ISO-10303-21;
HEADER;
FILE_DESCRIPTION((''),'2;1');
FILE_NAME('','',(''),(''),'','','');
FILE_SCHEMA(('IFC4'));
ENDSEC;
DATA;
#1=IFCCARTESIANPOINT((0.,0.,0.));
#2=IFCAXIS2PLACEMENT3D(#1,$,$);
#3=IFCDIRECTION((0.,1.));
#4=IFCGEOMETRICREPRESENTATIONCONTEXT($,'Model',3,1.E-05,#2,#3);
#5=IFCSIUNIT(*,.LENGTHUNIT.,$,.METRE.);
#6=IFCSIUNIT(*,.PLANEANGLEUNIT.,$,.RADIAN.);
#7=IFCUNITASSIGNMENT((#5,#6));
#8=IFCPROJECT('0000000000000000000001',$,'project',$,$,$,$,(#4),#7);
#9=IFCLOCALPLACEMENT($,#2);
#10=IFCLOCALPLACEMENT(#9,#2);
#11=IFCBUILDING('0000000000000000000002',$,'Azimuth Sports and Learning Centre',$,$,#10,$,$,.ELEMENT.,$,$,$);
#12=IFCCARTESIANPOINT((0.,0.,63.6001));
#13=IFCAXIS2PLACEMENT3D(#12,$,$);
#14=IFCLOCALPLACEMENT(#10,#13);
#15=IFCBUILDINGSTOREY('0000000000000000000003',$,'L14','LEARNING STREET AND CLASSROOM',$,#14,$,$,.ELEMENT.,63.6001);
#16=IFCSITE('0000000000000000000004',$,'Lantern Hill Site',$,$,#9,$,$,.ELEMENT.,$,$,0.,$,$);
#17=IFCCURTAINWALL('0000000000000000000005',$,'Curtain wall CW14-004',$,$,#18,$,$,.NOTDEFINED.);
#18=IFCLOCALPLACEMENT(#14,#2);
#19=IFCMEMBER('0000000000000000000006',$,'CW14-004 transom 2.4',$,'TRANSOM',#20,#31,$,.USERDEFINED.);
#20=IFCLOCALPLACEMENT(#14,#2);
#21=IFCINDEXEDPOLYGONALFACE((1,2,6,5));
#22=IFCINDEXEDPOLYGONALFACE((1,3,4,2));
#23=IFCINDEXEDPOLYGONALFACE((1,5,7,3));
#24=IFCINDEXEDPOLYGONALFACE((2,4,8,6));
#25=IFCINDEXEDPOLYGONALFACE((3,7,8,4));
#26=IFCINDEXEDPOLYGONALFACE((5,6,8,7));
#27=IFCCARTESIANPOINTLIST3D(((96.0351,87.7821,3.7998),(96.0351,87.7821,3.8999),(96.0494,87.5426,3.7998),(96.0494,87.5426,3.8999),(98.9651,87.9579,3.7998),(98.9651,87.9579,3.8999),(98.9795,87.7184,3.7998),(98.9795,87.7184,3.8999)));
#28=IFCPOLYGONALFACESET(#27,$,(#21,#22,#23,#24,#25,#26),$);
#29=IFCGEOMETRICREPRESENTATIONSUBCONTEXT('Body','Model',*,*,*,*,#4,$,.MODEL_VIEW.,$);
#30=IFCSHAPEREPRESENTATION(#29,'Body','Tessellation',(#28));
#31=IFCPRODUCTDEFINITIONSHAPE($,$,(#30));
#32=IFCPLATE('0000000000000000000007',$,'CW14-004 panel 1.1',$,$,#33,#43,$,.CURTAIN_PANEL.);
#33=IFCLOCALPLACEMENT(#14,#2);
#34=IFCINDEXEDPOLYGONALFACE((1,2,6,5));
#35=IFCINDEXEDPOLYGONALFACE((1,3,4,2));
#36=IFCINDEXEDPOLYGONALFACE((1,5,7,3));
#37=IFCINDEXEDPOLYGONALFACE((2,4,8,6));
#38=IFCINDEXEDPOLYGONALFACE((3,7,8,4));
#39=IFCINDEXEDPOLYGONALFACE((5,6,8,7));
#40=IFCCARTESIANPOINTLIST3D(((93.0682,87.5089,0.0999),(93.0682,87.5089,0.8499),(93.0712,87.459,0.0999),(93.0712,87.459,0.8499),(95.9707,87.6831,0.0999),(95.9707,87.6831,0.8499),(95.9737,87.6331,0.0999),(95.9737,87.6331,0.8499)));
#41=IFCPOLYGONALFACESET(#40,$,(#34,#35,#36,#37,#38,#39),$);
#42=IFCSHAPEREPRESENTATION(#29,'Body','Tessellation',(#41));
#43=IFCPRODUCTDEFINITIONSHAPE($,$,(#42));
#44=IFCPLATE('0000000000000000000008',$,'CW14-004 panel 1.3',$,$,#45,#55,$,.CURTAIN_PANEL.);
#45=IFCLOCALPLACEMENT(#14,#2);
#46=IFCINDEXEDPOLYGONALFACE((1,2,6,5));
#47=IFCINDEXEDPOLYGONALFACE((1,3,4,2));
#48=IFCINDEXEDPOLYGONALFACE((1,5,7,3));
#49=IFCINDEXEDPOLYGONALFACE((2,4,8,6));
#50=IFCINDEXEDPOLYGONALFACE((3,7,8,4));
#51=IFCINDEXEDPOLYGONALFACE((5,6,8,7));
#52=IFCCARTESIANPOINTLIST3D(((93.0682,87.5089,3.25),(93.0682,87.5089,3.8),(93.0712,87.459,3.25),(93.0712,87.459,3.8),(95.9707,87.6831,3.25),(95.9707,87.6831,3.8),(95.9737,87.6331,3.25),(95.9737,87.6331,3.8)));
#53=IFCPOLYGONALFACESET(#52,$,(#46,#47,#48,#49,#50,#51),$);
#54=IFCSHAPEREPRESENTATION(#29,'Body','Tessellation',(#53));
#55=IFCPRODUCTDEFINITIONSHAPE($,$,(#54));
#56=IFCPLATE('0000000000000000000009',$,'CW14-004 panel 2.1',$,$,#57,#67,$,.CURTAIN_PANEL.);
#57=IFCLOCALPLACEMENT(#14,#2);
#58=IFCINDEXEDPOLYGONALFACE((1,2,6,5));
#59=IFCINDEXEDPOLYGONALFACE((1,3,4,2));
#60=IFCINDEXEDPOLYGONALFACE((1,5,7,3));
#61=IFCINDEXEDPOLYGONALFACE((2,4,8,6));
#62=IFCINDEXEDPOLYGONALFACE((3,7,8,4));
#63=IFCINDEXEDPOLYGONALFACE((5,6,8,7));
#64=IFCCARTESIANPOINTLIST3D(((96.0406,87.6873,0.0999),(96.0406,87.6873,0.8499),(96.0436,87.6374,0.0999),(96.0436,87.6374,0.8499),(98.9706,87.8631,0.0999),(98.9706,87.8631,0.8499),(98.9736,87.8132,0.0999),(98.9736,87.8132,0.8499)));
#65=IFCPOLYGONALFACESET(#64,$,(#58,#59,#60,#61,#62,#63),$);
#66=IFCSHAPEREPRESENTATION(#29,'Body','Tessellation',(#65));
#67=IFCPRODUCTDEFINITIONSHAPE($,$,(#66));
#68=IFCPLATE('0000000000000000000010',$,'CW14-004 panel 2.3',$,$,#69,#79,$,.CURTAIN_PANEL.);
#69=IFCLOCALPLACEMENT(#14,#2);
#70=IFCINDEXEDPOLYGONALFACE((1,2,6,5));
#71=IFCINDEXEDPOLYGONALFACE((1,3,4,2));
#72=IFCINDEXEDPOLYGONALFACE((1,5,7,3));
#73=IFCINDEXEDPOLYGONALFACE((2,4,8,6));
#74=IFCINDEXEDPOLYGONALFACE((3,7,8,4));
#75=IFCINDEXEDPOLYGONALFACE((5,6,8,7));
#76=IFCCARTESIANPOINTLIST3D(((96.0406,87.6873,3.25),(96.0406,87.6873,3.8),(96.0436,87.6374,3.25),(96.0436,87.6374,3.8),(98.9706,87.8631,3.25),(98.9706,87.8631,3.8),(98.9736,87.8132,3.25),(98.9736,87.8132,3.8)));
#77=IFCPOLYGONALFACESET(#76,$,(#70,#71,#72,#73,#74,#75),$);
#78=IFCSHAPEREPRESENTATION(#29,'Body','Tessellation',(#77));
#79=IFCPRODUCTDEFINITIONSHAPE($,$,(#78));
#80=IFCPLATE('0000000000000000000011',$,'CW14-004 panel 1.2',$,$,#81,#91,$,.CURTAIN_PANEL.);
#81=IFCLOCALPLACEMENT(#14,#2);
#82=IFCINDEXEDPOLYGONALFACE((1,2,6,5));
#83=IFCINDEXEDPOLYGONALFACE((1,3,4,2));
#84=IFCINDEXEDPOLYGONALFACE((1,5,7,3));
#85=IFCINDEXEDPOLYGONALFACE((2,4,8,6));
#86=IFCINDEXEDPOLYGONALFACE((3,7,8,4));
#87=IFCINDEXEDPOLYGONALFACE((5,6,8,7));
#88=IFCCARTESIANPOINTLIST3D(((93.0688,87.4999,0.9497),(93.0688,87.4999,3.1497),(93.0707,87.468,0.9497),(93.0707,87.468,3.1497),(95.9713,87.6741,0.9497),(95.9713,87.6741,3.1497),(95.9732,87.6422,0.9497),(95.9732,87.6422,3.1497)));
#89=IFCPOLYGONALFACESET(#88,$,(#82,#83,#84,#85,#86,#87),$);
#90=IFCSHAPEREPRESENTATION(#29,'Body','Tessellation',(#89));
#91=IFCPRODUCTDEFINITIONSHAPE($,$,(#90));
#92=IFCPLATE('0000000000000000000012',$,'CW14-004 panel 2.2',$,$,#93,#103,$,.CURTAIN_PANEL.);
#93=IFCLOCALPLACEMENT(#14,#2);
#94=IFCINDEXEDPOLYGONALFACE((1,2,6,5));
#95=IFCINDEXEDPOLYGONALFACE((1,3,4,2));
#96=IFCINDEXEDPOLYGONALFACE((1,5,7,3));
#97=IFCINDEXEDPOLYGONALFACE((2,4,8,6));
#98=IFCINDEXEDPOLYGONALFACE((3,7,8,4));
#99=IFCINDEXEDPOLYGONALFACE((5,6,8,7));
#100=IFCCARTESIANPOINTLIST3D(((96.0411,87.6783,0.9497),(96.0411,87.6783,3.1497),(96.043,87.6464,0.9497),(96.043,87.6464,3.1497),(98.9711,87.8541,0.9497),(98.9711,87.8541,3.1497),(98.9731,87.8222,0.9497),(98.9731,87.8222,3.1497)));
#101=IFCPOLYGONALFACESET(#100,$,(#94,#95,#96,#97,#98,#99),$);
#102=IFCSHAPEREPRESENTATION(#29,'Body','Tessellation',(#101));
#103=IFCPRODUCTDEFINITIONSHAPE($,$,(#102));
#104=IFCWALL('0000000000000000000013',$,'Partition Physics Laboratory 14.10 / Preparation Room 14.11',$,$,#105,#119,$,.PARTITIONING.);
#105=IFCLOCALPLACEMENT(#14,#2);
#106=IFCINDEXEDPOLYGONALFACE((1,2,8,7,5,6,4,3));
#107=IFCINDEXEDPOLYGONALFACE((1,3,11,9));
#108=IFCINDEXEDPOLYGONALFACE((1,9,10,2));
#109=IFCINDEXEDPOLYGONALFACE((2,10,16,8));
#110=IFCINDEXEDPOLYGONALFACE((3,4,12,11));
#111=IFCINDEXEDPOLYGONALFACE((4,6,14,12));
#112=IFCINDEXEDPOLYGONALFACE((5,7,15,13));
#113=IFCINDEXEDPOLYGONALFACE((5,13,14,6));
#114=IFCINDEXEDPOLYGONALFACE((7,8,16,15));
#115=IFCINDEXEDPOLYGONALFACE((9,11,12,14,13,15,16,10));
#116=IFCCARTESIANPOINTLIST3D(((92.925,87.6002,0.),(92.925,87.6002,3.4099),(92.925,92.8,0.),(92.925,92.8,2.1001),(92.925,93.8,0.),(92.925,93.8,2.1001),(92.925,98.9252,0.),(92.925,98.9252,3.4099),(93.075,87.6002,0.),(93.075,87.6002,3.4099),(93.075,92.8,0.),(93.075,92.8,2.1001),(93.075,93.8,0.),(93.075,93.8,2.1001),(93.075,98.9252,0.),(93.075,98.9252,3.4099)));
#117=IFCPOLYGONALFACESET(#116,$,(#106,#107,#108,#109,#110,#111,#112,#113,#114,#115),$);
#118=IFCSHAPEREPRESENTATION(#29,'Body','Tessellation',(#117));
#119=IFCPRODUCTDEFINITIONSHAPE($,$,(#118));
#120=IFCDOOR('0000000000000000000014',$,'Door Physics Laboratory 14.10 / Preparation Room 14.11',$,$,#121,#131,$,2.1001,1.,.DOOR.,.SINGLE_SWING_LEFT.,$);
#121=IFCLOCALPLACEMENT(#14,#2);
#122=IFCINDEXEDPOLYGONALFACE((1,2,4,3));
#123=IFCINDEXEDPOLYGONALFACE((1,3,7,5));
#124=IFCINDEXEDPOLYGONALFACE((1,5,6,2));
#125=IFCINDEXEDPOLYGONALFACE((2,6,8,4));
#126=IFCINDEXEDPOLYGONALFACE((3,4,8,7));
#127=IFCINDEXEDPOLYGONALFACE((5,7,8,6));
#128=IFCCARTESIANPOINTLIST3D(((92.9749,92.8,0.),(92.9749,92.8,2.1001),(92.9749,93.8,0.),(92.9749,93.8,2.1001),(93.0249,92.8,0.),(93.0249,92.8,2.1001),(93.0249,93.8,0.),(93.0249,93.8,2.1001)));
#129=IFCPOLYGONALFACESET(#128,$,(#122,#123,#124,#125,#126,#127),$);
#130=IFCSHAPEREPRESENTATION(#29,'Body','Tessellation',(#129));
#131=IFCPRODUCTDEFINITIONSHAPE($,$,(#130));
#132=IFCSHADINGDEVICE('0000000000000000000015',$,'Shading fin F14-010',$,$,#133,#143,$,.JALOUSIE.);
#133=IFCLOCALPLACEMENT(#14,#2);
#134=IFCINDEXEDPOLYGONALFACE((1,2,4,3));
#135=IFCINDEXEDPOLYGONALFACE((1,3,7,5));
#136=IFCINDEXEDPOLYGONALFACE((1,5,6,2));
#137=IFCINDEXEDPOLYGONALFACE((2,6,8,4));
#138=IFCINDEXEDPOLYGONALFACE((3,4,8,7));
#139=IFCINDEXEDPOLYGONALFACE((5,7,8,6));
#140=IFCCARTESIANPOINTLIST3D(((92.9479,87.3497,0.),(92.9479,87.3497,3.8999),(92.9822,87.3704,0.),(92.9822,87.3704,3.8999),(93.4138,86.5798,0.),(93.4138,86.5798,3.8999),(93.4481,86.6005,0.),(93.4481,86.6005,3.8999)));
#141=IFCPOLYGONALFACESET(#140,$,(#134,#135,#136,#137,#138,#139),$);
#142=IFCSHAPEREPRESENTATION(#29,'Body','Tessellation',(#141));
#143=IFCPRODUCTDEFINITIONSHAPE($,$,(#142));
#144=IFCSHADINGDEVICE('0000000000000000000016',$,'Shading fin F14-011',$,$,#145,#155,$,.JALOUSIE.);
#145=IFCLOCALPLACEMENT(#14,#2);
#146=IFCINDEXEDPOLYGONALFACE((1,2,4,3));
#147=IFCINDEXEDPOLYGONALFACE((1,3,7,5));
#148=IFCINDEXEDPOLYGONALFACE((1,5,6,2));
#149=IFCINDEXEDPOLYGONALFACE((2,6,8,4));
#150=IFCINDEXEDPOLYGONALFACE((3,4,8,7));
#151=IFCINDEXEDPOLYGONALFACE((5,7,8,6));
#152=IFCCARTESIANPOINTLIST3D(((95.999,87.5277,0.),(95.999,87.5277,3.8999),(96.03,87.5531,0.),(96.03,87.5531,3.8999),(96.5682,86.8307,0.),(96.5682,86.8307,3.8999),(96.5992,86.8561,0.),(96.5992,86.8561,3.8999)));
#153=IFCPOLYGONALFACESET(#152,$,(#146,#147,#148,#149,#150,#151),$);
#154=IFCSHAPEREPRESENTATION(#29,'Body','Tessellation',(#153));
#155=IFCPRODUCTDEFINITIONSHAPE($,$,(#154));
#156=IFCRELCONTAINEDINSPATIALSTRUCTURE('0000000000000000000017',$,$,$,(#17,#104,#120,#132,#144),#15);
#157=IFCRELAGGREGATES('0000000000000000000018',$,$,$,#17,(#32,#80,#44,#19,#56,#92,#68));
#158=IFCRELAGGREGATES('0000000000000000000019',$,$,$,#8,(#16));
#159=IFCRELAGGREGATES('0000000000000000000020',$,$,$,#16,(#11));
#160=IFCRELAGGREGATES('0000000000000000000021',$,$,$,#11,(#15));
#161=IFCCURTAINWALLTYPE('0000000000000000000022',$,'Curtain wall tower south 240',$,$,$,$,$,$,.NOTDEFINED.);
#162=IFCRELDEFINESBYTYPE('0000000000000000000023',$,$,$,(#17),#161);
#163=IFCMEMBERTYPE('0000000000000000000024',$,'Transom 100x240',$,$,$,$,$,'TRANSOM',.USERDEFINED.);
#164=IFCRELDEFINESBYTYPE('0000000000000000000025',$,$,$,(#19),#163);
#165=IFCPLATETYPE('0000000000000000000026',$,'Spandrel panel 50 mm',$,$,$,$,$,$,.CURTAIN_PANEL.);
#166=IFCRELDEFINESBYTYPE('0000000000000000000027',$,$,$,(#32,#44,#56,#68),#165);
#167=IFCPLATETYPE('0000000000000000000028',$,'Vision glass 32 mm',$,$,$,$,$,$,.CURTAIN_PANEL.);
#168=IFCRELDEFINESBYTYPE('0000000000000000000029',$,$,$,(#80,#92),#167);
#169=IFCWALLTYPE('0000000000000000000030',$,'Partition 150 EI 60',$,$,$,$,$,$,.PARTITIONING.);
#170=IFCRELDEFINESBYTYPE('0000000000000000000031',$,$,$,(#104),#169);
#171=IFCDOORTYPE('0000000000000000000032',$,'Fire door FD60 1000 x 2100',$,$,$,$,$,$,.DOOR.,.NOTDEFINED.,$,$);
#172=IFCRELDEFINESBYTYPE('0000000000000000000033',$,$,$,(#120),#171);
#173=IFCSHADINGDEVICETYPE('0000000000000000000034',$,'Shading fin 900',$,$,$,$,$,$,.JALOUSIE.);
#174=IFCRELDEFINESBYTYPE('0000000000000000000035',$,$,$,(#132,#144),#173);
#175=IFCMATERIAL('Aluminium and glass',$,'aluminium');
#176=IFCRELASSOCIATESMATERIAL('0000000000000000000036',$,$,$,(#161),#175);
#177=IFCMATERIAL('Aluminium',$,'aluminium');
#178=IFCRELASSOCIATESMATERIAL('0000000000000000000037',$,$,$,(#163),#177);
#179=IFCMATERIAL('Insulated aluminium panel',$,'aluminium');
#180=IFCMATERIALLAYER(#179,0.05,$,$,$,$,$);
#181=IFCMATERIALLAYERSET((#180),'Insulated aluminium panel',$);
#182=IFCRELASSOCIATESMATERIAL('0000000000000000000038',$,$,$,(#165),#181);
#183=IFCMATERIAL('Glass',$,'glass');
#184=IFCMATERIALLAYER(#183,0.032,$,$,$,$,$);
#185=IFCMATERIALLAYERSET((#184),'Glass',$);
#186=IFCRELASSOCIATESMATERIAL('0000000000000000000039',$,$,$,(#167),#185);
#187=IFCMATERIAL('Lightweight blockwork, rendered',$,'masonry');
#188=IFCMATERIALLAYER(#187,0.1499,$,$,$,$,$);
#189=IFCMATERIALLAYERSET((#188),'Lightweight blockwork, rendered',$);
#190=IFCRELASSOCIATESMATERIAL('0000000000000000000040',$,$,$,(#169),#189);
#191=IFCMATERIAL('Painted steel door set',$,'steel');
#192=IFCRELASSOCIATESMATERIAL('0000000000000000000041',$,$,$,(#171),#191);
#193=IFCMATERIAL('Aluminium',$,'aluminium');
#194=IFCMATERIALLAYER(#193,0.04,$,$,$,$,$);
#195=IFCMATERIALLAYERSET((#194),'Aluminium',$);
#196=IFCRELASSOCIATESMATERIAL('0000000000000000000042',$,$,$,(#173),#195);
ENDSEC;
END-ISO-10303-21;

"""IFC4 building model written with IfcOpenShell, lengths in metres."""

from ifc_helpers import new_model, si_unit, direction, frame, frame_2d, origin, origin_2d, place, context, subcontext, project, spatial, rectangle, extrude, material, layer, layer_set, material_profile, profile_set, type_object, element, fill, aggregate, save


model = new_model("IFC4")

# Units and contexts
model_context = context("Model", 3, precision=1e-05, world=origin(), true_north=direction((0.0, 1.0)))
body_context = subcontext(model_context, "Body", "Model", "MODEL_VIEW")
ifc_project = project(units=[si_unit("LENGTHUNIT", "METRE"), si_unit("PLANEANGLEUNIT", "RADIAN")], contexts=[model_context])

# Site, building, storey
site_placement = place(None, origin())
site = spatial("IfcSite", under=ifc_project, at=site_placement, Name="Lantern Hill Site", CompositionType="ELEMENT", RefElevation=0.0)
building_placement = place(site_placement, origin())
building = spatial("IfcBuilding", under=site, at=building_placement, Name="Azimuth Sports and Learning Centre", CompositionType="ELEMENT")
storey_placement = place(building_placement, frame((0.0, 0.0, 63.6001)))
storey = spatial("IfcBuildingStorey", under=building, at=storey_placement, Name="L14", Description="LEARNING STREET AND CLASSROOM", CompositionType="ELEMENT", Elevation=63.6001)

# Shared definitions
ifc_material_1 = material(Name="Aluminium and glass", Category="aluminium")
curtain_wall_type = type_object("IfcCurtainWallType", Name="Curtain wall tower south 240", PredefinedType="NOTDEFINED", material=ifc_material_1)

# Curtain wall, member, plates
curtain_wall_1_placement = place(storey_placement, origin())
curtain_wall_1 = element("IfcCurtainWall", 1, at=curtain_wall_1_placement, inside=storey, type_object=curtain_wall_type, Name="Curtain wall CW14-004", PredefinedType="NOTDEFINED")
ifc_material_2 = material(Name="Aluminium", Category="aluminium")
ifc_material_profile_1 = material_profile(ifc_material_2, rectangle(XDim=0.24, YDim=0.1001, at=origin_2d()), Name="Transom 100x240")
ifc_profile_set_1 = profile_set([ifc_material_profile_1], Name="Aluminium")
member_type_1 = type_object("IfcMemberType", Name="Transom 100x240", ElementType="TRANSOM", PredefinedType="USERDEFINED", material=ifc_profile_set_1)
member_1_placement = place(storey_placement, frame((96.0422, 87.6624, 3.8499), z_axis=(0.998205, 0.059887, 0.0), x_axis=(-0.059887, 0.998205, 0.0)))
member_1 = element("IfcMember", 2, at=member_1_placement, type_object=member_type_1, Name="CW14-004 transom 2.4", ObjectType="TRANSOM", PredefinedType="USERDEFINED", context=body_context, shape_type="SweptSolid", body=[
    extrude(rectangle(XDim=0.24, YDim=0.1001, at=origin_2d()), origin(), (0.0, 0.0, 1.0), 2.9353),
])
ifc_material_3 = material(Name="Insulated aluminium panel", Category="aluminium")
ifc_layer_1 = layer(ifc_material_3, 0.05)
ifc_layer_set_1 = layer_set([ifc_layer_1], Name="Insulated aluminium panel")
plate_type_1 = type_object("IfcPlateType", Name="Spandrel panel 50 mm", PredefinedType="CURTAIN_PANEL", material=ifc_layer_set_1)
plate_1_placement = place(storey_placement, frame((94.521, 87.571, 0.0999), z_axis=(0.0, 0.0, 1.0), x_axis=(0.998205, 0.059892, 0.0)))
plate_1 = element("IfcPlate", 3, at=plate_1_placement, type_object=plate_type_1, Name="CW14-004 panel 1.1", PredefinedType="CURTAIN_PANEL", context=body_context, shape_type="SweptSolid", body=[
    extrude(rectangle(XDim=2.9077, YDim=0.05, at=origin_2d()), origin(), (0.0, 0.0, 1.0), 0.75),
])
plate_2_placement = place(storey_placement, frame((94.521, 87.571, 3.25), z_axis=(0.0, 0.0, 1.0), x_axis=(0.998205, 0.059892, 0.0)))
plate_2 = element("IfcPlate", 4, at=plate_2_placement, type_object=plate_type_1, Name="CW14-004 panel 1.3", PredefinedType="CURTAIN_PANEL", context=body_context, shape_type="SweptSolid", body=[
    extrude(rectangle(XDim=2.9077, YDim=0.05, at=origin_2d()), origin(), (0.0, 0.0, 1.0), 0.55),
])
plate_3_placement = place(storey_placement, frame((97.5071, 87.7502, 0.0999), z_axis=(0.0, 0.0, 1.0), x_axis=(0.998205, 0.059892, 0.0)))
plate_3 = element("IfcPlate", 5, at=plate_3_placement, type_object=plate_type_1, Name="CW14-004 panel 2.1", PredefinedType="CURTAIN_PANEL", context=body_context, shape_type="SweptSolid", body=[
    extrude(rectangle(XDim=2.9353, YDim=0.05, at=origin_2d()), origin(), (0.0, 0.0, 1.0), 0.75),
])
plate_4_placement = place(storey_placement, frame((97.5071, 87.7502, 3.25), z_axis=(0.0, 0.0, 1.0), x_axis=(0.998205, 0.059892, 0.0)))
plate_4 = element("IfcPlate", 6, at=plate_4_placement, type_object=plate_type_1, Name="CW14-004 panel 2.3", PredefinedType="CURTAIN_PANEL", context=body_context, shape_type="SweptSolid", body=[
    extrude(rectangle(XDim=2.9353, YDim=0.05, at=origin_2d()), origin(), (0.0, 0.0, 1.0), 0.55),
])
ifc_material_4 = material(Name="Glass", Category="glass")
ifc_layer_2 = layer(ifc_material_4, 0.032)
ifc_layer_set_2 = layer_set([ifc_layer_2], Name="Glass")
plate_type_2 = type_object("IfcPlateType", Name="Vision glass 32 mm", PredefinedType="CURTAIN_PANEL", material=ifc_layer_set_2)
plate_5_placement = place(storey_placement, frame((94.521, 87.571, 0.9497), z_axis=(0.0, 0.0, 1.0), x_axis=(0.998205, 0.059892, 0.0)))
plate_5 = element("IfcPlate", 7, at=plate_5_placement, type_object=plate_type_2, Name="CW14-004 panel 1.2", PredefinedType="CURTAIN_PANEL", context=body_context, shape_type="SweptSolid", body=[
    extrude(rectangle(XDim=2.9077, YDim=0.032, at=origin_2d()), origin(), (0.0, 0.0, 1.0), 2.2),
])
plate_6_placement = place(storey_placement, frame((97.5071, 87.7502, 0.9497), z_axis=(0.0, 0.0, 1.0), x_axis=(0.998205, 0.059892, 0.0)))
plate_6 = element("IfcPlate", 8, at=plate_6_placement, type_object=plate_type_2, Name="CW14-004 panel 2.2", PredefinedType="CURTAIN_PANEL", context=body_context, shape_type="SweptSolid", body=[
    extrude(rectangle(XDim=2.9353, YDim=0.032, at=origin_2d()), origin(), (0.0, 0.0, 1.0), 2.2),
])
aggregate(curtain_wall_1, [plate_1, plate_5, plate_2, member_1, plate_3, plate_6, plate_4])

# Wall, opening, door
ifc_material_5 = material(Name="Lightweight blockwork, rendered", Category="masonry")
ifc_layer_3 = layer(ifc_material_5, 0.1499)
ifc_layer_set_3 = layer_set([ifc_layer_3], Name="Lightweight blockwork, rendered")
wall_type = type_object("IfcWallType", Name="Partition 150 EI 60", PredefinedType="PARTITIONING", material=ifc_layer_set_3)
wall_placement = place(storey_placement, frame((93.0, 87.6001, 0.0), z_axis=(0.0, 0.0, 1.0), x_axis=(0.0, 1.0, 0.0)))
wall = element("IfcWall", 9, at=wall_placement, inside=storey, type_object=wall_type, Name="Partition Physics Laboratory 14.10 / Preparation Room 14.11", PredefinedType="PARTITIONING", context=body_context, shape_type="SweptSolid", body=[
    extrude(rectangle(XDim=11.325, YDim=0.1499, at=frame_2d((5.6626, 0.0))), origin(), (0.0, 0.0, 1.0), 3.4099),
])
opening_placement = place(wall_placement, frame((5.2, 0.0, 0.0)))
opening = element("IfcOpeningElement", 10, at=opening_placement, cuts=wall, PredefinedType="OPENING", context=body_context, shape_type="SweptSolid", body=[
    extrude(rectangle(XDim=1.0, YDim=2.1001, at=frame_2d((0.5, 1.05))), frame((0.0, 0.0859, 0.0), z_axis=(0.0, -1.0, 0.0), x_axis=(1.0, 0.0, 0.0)), (0.0, 0.0, 1.0), 0.1719),
])
ifc_material_6 = material(Name="Painted steel door set", Category="steel")
door_type = type_object("IfcDoorType", Name="Fire door FD60 1000 x 2100", OperationType="NOTDEFINED", PredefinedType="DOOR", material=ifc_material_6)
door_placement = place(opening_placement, frame((1.0, 0.0, 0.0), z_axis=(0.0, 0.0, 1.0), x_axis=(-1.0, 0.0, 0.0)))
door = element("IfcDoor", 11, at=door_placement, inside=storey, type_object=door_type, Name="Door Physics Laboratory 14.10 / Preparation Room 14.11", OperationType="SINGLE_SWING_LEFT", OverallHeight=2.1001, OverallWidth=1.0, PredefinedType="DOOR", context=body_context, shape_type="SweptSolid", body=[
    extrude(rectangle(XDim=1.0, YDim=2.1001, at=frame_2d((0.5, 1.05))), frame((0.0, 0.0249, 0.0), z_axis=(0.0, -1.0, 0.0), x_axis=(1.0, 0.0, 0.0)), (0.0, 0.0, 1.0), 0.05),
])
fill(opening, door)

# Shading devices
ifc_material_7 = material(Name="Aluminium", Category="aluminium")
ifc_layer_4 = layer(ifc_material_7, 0.04)
ifc_layer_set_4 = layer_set([ifc_layer_4], Name="Aluminium")
shading_device_type = type_object("IfcShadingDeviceType", Name="Shading fin 900", PredefinedType="JALOUSIE", material=ifc_layer_set_4)
for number, where, z_axis, x_axis, name in (
    (12, (93.198, 86.9751, 0.0), (0.0, 0.0, 1.0), (0.517682, -0.855573, 0.0), "Shading fin F14-010"),
    (13, (96.2991, 87.1919, 0.0), (0.0, 0.0, 1.0), (0.632522, -0.774543, 0.0), "Shading fin F14-011"),
):
    element("IfcShadingDevice", number, at=place(storey_placement, frame(where, z_axis=z_axis, x_axis=x_axis)), inside=storey, type_object=shading_device_type, Name=name, PredefinedType="JALOUSIE", context=body_context, shape_type="SweptSolid", body=[
        extrude(rectangle(XDim=0.8999, YDim=0.04, at=origin_2d()), origin(), (0.0, 0.0, 1.0), 3.8999),
    ])

save(model, "model.ifc")
